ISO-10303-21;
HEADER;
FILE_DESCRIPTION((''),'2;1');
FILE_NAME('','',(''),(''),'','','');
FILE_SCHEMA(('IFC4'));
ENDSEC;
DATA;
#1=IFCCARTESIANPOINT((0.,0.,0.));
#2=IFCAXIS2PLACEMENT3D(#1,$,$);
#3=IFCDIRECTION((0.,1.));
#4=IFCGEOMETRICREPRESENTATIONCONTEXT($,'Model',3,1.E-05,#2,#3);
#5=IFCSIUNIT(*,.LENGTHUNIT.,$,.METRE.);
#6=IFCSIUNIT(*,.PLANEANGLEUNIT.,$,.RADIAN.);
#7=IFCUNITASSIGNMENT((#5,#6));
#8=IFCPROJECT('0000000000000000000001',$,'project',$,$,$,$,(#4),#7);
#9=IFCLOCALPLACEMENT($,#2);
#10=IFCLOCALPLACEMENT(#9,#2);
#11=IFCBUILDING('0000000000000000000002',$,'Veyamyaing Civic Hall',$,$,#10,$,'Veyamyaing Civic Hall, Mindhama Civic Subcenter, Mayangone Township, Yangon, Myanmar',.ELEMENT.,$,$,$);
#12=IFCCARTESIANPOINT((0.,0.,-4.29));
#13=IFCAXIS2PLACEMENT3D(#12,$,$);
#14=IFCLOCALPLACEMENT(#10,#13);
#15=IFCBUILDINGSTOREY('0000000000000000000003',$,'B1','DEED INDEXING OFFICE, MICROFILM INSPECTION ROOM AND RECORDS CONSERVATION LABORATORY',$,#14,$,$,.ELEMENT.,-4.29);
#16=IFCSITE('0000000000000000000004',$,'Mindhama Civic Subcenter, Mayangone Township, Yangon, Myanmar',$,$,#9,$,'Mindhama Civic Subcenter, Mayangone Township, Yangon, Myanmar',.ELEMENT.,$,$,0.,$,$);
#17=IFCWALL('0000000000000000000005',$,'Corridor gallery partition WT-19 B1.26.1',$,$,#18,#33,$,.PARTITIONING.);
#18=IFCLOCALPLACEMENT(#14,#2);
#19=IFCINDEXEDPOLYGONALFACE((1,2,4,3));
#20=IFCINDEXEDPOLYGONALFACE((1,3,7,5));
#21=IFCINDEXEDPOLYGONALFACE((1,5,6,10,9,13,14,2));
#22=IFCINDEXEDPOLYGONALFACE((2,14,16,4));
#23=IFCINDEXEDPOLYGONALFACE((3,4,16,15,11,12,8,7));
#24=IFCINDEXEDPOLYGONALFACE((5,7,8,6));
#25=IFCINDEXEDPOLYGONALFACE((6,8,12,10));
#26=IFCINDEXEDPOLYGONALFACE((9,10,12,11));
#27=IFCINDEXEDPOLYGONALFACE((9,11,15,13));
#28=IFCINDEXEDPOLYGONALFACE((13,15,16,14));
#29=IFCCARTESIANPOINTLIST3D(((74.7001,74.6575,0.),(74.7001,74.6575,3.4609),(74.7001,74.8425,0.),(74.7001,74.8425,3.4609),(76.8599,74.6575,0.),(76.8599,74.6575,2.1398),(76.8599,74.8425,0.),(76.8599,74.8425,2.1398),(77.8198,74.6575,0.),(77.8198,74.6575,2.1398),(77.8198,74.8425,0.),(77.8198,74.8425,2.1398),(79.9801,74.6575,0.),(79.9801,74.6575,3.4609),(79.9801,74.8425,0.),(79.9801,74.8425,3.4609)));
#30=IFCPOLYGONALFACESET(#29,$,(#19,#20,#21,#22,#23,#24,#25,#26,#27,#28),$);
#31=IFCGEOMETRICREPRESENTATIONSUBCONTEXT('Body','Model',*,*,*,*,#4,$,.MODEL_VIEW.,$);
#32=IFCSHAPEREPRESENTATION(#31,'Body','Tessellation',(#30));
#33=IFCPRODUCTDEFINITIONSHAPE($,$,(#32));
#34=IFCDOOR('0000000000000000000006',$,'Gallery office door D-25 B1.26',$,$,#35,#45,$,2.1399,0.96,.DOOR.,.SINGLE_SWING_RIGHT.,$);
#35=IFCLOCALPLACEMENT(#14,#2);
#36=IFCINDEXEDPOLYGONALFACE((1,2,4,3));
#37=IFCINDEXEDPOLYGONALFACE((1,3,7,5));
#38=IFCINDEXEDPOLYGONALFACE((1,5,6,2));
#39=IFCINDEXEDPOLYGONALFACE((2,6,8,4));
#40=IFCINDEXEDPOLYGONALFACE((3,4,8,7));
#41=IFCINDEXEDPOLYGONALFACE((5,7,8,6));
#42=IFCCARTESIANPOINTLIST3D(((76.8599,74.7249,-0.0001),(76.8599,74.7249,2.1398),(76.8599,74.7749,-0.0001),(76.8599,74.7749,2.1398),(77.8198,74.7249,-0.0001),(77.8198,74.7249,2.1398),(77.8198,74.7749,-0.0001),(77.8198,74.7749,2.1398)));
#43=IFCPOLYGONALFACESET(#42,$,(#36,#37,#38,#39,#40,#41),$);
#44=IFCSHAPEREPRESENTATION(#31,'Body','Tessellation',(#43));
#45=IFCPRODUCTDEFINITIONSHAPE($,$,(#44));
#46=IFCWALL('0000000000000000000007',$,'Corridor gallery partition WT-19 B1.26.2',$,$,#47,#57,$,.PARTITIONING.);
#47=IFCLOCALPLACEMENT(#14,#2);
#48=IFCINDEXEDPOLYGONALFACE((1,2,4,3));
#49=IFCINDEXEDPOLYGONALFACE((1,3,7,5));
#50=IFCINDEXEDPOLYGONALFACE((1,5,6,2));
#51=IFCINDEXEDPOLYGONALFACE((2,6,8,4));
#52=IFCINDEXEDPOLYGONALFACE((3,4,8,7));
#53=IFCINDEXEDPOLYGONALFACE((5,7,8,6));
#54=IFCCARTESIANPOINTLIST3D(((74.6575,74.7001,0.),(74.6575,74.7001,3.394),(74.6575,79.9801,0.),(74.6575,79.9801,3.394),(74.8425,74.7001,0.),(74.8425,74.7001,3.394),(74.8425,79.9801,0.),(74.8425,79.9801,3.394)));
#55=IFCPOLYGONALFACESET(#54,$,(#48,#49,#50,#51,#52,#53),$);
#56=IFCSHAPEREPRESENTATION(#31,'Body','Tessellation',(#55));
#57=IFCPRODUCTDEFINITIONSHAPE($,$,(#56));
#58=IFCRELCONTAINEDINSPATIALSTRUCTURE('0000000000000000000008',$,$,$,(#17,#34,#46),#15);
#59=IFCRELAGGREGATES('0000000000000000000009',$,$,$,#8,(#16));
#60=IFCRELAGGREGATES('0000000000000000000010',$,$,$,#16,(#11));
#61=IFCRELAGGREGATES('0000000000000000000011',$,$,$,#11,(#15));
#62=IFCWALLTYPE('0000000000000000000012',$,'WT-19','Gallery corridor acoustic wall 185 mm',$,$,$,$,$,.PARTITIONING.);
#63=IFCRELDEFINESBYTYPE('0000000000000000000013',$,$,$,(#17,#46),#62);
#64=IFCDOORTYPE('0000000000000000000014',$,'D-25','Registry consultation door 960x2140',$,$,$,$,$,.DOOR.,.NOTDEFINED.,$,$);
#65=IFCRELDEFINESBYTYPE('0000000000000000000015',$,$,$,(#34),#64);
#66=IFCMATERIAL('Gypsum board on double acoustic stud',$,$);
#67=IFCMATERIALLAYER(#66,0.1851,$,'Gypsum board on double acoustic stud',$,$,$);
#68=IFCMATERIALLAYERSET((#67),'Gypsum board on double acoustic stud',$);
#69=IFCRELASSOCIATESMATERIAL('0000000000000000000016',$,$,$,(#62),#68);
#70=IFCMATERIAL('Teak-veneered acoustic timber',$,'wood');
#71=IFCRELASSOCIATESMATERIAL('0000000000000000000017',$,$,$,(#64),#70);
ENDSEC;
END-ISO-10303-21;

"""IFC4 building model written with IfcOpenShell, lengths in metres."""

from ifc_helpers import new_model, si_unit, direction, frame, frame_2d, origin, place, context, subcontext, project, spatial, rectangle, extrude, material, layer, layer_set, type_object, element, fill, save


model = new_model("IFC4")

# Units and contexts
model_context = context("Model", 3, precision=1e-05, world=origin(), true_north=direction((0.0, 1.0)))
body_context = subcontext(model_context, "Body", "Model", "MODEL_VIEW")
ifc_project = project(units=[si_unit("LENGTHUNIT", "METRE"), si_unit("PLANEANGLEUNIT", "RADIAN")], contexts=[model_context])

# Site, building, storey
site_placement = place(None, origin())
site = spatial("IfcSite", under=ifc_project, at=site_placement, Name="Mindhama Civic Subcenter, Mayangone Township, Yangon, Myanmar", LongName="Mindhama Civic Subcenter, Mayangone Township, Yangon, Myanmar", CompositionType="ELEMENT", RefElevation=0.0)
building_placement = place(site_placement, origin())
building = spatial("IfcBuilding", under=site, at=building_placement, Name="Veyamyaing Civic Hall", LongName="Veyamyaing Civic Hall, Mindhama Civic Subcenter, Mayangone Township, Yangon, Myanmar", CompositionType="ELEMENT")
storey_placement = place(building_placement, frame((0.0, 0.0, -4.29)))
storey = spatial("IfcBuildingStorey", under=building, at=storey_placement, Name="B1", Description="DEED INDEXING OFFICE, MICROFILM INSPECTION ROOM AND RECORDS CONSERVATION LABORATORY", CompositionType="ELEMENT", Elevation=-4.29)

# Shared definitions
ifc_material_1 = material(Name="Teak-veneered acoustic timber", Category="wood")

# Wall, opening, door
ifc_material_2 = material(Name="Gypsum board on double acoustic stud")
ifc_layer_1 = layer(ifc_material_2, 0.1851, Name="Gypsum board on double acoustic stud")
ifc_layer_set_1 = layer_set([ifc_layer_1], Name="Gypsum board on double acoustic stud")
wall_type_1 = type_object("IfcWallType", Name="WT-19", Description="Gallery corridor acoustic wall 185 mm", PredefinedType="PARTITIONING", material=ifc_layer_set_1)
wall_1_placement = place(storey_placement, frame((74.7, 74.75, 0.0), z_axis=(0.0, 0.0, 1.0), x_axis=(1.0, 0.0, 0.0)))
wall_1 = element("IfcWall", 1, at=wall_1_placement, inside=storey, type_object=wall_type_1, Name="Corridor gallery partition WT-19 B1.26.1", PredefinedType="PARTITIONING", context=body_context, shape_type="SweptSolid", body=[
    extrude(rectangle(XDim=5.28, YDim=0.1851, at=frame_2d((2.6401, 0.0))), origin(), (0.0, 0.0, 1.0), 3.4609),
])
opening_1_placement = place(wall_1_placement, frame((2.1599, 0.0, 0.0)))
opening_1 = element("IfcOpeningElement", 2, at=opening_1_placement, cuts=wall_1, PredefinedType="OPENING", context=body_context, shape_type="SweptSolid", body=[
    extrude(rectangle(XDim=0.96, YDim=2.1399, at=frame_2d((0.48, 1.0698))), frame((0.0, 0.1025, 0.0), z_axis=(0.0, -1.0, 0.0), x_axis=(1.0, 0.0, 0.0)), (0.0, 0.0, 1.0), 0.2051),
])
door_type_1 = type_object("IfcDoorType", Name="D-25", Description="Registry consultation door 960x2140", OperationType="NOTDEFINED", PredefinedType="DOOR", material=ifc_material_1)
door_1_placement = place(opening_1_placement, origin())
door_1 = element("IfcDoor", 3, at=door_1_placement, inside=storey, type_object=door_type_1, Name="Gallery office door D-25 B1.26", OperationType="SINGLE_SWING_RIGHT", OverallHeight=2.1399, OverallWidth=0.96, PredefinedType="DOOR", context=body_context, shape_type="SweptSolid", body=[
    extrude(rectangle(XDim=0.96, YDim=2.1399, at=frame_2d((0.48, 1.0698))), frame((0.0, 0.0249, 0.0), z_axis=(0.0, -1.0, 0.0), x_axis=(1.0, 0.0, 0.0)), (0.0, 0.0, 1.0), 0.05),
])
fill(opening_1, door_1)

# Wall
wall_2_placement = place(storey_placement, frame((74.75, 74.7, 0.0), z_axis=(0.0, 0.0, 1.0), x_axis=(0.0, 1.0, 0.0)))
element("IfcWall", 4, at=wall_2_placement, inside=storey, type_object=wall_type_1, Name="Corridor gallery partition WT-19 B1.26.2", PredefinedType="PARTITIONING", context=body_context, shape_type="SweptSolid", body=[
    extrude(rectangle(XDim=5.28, YDim=0.1851, at=frame_2d((2.6401, 0.0))), origin(), (0.0, 0.0, 1.0), 3.394),
])

save(model, "model.ifc")
